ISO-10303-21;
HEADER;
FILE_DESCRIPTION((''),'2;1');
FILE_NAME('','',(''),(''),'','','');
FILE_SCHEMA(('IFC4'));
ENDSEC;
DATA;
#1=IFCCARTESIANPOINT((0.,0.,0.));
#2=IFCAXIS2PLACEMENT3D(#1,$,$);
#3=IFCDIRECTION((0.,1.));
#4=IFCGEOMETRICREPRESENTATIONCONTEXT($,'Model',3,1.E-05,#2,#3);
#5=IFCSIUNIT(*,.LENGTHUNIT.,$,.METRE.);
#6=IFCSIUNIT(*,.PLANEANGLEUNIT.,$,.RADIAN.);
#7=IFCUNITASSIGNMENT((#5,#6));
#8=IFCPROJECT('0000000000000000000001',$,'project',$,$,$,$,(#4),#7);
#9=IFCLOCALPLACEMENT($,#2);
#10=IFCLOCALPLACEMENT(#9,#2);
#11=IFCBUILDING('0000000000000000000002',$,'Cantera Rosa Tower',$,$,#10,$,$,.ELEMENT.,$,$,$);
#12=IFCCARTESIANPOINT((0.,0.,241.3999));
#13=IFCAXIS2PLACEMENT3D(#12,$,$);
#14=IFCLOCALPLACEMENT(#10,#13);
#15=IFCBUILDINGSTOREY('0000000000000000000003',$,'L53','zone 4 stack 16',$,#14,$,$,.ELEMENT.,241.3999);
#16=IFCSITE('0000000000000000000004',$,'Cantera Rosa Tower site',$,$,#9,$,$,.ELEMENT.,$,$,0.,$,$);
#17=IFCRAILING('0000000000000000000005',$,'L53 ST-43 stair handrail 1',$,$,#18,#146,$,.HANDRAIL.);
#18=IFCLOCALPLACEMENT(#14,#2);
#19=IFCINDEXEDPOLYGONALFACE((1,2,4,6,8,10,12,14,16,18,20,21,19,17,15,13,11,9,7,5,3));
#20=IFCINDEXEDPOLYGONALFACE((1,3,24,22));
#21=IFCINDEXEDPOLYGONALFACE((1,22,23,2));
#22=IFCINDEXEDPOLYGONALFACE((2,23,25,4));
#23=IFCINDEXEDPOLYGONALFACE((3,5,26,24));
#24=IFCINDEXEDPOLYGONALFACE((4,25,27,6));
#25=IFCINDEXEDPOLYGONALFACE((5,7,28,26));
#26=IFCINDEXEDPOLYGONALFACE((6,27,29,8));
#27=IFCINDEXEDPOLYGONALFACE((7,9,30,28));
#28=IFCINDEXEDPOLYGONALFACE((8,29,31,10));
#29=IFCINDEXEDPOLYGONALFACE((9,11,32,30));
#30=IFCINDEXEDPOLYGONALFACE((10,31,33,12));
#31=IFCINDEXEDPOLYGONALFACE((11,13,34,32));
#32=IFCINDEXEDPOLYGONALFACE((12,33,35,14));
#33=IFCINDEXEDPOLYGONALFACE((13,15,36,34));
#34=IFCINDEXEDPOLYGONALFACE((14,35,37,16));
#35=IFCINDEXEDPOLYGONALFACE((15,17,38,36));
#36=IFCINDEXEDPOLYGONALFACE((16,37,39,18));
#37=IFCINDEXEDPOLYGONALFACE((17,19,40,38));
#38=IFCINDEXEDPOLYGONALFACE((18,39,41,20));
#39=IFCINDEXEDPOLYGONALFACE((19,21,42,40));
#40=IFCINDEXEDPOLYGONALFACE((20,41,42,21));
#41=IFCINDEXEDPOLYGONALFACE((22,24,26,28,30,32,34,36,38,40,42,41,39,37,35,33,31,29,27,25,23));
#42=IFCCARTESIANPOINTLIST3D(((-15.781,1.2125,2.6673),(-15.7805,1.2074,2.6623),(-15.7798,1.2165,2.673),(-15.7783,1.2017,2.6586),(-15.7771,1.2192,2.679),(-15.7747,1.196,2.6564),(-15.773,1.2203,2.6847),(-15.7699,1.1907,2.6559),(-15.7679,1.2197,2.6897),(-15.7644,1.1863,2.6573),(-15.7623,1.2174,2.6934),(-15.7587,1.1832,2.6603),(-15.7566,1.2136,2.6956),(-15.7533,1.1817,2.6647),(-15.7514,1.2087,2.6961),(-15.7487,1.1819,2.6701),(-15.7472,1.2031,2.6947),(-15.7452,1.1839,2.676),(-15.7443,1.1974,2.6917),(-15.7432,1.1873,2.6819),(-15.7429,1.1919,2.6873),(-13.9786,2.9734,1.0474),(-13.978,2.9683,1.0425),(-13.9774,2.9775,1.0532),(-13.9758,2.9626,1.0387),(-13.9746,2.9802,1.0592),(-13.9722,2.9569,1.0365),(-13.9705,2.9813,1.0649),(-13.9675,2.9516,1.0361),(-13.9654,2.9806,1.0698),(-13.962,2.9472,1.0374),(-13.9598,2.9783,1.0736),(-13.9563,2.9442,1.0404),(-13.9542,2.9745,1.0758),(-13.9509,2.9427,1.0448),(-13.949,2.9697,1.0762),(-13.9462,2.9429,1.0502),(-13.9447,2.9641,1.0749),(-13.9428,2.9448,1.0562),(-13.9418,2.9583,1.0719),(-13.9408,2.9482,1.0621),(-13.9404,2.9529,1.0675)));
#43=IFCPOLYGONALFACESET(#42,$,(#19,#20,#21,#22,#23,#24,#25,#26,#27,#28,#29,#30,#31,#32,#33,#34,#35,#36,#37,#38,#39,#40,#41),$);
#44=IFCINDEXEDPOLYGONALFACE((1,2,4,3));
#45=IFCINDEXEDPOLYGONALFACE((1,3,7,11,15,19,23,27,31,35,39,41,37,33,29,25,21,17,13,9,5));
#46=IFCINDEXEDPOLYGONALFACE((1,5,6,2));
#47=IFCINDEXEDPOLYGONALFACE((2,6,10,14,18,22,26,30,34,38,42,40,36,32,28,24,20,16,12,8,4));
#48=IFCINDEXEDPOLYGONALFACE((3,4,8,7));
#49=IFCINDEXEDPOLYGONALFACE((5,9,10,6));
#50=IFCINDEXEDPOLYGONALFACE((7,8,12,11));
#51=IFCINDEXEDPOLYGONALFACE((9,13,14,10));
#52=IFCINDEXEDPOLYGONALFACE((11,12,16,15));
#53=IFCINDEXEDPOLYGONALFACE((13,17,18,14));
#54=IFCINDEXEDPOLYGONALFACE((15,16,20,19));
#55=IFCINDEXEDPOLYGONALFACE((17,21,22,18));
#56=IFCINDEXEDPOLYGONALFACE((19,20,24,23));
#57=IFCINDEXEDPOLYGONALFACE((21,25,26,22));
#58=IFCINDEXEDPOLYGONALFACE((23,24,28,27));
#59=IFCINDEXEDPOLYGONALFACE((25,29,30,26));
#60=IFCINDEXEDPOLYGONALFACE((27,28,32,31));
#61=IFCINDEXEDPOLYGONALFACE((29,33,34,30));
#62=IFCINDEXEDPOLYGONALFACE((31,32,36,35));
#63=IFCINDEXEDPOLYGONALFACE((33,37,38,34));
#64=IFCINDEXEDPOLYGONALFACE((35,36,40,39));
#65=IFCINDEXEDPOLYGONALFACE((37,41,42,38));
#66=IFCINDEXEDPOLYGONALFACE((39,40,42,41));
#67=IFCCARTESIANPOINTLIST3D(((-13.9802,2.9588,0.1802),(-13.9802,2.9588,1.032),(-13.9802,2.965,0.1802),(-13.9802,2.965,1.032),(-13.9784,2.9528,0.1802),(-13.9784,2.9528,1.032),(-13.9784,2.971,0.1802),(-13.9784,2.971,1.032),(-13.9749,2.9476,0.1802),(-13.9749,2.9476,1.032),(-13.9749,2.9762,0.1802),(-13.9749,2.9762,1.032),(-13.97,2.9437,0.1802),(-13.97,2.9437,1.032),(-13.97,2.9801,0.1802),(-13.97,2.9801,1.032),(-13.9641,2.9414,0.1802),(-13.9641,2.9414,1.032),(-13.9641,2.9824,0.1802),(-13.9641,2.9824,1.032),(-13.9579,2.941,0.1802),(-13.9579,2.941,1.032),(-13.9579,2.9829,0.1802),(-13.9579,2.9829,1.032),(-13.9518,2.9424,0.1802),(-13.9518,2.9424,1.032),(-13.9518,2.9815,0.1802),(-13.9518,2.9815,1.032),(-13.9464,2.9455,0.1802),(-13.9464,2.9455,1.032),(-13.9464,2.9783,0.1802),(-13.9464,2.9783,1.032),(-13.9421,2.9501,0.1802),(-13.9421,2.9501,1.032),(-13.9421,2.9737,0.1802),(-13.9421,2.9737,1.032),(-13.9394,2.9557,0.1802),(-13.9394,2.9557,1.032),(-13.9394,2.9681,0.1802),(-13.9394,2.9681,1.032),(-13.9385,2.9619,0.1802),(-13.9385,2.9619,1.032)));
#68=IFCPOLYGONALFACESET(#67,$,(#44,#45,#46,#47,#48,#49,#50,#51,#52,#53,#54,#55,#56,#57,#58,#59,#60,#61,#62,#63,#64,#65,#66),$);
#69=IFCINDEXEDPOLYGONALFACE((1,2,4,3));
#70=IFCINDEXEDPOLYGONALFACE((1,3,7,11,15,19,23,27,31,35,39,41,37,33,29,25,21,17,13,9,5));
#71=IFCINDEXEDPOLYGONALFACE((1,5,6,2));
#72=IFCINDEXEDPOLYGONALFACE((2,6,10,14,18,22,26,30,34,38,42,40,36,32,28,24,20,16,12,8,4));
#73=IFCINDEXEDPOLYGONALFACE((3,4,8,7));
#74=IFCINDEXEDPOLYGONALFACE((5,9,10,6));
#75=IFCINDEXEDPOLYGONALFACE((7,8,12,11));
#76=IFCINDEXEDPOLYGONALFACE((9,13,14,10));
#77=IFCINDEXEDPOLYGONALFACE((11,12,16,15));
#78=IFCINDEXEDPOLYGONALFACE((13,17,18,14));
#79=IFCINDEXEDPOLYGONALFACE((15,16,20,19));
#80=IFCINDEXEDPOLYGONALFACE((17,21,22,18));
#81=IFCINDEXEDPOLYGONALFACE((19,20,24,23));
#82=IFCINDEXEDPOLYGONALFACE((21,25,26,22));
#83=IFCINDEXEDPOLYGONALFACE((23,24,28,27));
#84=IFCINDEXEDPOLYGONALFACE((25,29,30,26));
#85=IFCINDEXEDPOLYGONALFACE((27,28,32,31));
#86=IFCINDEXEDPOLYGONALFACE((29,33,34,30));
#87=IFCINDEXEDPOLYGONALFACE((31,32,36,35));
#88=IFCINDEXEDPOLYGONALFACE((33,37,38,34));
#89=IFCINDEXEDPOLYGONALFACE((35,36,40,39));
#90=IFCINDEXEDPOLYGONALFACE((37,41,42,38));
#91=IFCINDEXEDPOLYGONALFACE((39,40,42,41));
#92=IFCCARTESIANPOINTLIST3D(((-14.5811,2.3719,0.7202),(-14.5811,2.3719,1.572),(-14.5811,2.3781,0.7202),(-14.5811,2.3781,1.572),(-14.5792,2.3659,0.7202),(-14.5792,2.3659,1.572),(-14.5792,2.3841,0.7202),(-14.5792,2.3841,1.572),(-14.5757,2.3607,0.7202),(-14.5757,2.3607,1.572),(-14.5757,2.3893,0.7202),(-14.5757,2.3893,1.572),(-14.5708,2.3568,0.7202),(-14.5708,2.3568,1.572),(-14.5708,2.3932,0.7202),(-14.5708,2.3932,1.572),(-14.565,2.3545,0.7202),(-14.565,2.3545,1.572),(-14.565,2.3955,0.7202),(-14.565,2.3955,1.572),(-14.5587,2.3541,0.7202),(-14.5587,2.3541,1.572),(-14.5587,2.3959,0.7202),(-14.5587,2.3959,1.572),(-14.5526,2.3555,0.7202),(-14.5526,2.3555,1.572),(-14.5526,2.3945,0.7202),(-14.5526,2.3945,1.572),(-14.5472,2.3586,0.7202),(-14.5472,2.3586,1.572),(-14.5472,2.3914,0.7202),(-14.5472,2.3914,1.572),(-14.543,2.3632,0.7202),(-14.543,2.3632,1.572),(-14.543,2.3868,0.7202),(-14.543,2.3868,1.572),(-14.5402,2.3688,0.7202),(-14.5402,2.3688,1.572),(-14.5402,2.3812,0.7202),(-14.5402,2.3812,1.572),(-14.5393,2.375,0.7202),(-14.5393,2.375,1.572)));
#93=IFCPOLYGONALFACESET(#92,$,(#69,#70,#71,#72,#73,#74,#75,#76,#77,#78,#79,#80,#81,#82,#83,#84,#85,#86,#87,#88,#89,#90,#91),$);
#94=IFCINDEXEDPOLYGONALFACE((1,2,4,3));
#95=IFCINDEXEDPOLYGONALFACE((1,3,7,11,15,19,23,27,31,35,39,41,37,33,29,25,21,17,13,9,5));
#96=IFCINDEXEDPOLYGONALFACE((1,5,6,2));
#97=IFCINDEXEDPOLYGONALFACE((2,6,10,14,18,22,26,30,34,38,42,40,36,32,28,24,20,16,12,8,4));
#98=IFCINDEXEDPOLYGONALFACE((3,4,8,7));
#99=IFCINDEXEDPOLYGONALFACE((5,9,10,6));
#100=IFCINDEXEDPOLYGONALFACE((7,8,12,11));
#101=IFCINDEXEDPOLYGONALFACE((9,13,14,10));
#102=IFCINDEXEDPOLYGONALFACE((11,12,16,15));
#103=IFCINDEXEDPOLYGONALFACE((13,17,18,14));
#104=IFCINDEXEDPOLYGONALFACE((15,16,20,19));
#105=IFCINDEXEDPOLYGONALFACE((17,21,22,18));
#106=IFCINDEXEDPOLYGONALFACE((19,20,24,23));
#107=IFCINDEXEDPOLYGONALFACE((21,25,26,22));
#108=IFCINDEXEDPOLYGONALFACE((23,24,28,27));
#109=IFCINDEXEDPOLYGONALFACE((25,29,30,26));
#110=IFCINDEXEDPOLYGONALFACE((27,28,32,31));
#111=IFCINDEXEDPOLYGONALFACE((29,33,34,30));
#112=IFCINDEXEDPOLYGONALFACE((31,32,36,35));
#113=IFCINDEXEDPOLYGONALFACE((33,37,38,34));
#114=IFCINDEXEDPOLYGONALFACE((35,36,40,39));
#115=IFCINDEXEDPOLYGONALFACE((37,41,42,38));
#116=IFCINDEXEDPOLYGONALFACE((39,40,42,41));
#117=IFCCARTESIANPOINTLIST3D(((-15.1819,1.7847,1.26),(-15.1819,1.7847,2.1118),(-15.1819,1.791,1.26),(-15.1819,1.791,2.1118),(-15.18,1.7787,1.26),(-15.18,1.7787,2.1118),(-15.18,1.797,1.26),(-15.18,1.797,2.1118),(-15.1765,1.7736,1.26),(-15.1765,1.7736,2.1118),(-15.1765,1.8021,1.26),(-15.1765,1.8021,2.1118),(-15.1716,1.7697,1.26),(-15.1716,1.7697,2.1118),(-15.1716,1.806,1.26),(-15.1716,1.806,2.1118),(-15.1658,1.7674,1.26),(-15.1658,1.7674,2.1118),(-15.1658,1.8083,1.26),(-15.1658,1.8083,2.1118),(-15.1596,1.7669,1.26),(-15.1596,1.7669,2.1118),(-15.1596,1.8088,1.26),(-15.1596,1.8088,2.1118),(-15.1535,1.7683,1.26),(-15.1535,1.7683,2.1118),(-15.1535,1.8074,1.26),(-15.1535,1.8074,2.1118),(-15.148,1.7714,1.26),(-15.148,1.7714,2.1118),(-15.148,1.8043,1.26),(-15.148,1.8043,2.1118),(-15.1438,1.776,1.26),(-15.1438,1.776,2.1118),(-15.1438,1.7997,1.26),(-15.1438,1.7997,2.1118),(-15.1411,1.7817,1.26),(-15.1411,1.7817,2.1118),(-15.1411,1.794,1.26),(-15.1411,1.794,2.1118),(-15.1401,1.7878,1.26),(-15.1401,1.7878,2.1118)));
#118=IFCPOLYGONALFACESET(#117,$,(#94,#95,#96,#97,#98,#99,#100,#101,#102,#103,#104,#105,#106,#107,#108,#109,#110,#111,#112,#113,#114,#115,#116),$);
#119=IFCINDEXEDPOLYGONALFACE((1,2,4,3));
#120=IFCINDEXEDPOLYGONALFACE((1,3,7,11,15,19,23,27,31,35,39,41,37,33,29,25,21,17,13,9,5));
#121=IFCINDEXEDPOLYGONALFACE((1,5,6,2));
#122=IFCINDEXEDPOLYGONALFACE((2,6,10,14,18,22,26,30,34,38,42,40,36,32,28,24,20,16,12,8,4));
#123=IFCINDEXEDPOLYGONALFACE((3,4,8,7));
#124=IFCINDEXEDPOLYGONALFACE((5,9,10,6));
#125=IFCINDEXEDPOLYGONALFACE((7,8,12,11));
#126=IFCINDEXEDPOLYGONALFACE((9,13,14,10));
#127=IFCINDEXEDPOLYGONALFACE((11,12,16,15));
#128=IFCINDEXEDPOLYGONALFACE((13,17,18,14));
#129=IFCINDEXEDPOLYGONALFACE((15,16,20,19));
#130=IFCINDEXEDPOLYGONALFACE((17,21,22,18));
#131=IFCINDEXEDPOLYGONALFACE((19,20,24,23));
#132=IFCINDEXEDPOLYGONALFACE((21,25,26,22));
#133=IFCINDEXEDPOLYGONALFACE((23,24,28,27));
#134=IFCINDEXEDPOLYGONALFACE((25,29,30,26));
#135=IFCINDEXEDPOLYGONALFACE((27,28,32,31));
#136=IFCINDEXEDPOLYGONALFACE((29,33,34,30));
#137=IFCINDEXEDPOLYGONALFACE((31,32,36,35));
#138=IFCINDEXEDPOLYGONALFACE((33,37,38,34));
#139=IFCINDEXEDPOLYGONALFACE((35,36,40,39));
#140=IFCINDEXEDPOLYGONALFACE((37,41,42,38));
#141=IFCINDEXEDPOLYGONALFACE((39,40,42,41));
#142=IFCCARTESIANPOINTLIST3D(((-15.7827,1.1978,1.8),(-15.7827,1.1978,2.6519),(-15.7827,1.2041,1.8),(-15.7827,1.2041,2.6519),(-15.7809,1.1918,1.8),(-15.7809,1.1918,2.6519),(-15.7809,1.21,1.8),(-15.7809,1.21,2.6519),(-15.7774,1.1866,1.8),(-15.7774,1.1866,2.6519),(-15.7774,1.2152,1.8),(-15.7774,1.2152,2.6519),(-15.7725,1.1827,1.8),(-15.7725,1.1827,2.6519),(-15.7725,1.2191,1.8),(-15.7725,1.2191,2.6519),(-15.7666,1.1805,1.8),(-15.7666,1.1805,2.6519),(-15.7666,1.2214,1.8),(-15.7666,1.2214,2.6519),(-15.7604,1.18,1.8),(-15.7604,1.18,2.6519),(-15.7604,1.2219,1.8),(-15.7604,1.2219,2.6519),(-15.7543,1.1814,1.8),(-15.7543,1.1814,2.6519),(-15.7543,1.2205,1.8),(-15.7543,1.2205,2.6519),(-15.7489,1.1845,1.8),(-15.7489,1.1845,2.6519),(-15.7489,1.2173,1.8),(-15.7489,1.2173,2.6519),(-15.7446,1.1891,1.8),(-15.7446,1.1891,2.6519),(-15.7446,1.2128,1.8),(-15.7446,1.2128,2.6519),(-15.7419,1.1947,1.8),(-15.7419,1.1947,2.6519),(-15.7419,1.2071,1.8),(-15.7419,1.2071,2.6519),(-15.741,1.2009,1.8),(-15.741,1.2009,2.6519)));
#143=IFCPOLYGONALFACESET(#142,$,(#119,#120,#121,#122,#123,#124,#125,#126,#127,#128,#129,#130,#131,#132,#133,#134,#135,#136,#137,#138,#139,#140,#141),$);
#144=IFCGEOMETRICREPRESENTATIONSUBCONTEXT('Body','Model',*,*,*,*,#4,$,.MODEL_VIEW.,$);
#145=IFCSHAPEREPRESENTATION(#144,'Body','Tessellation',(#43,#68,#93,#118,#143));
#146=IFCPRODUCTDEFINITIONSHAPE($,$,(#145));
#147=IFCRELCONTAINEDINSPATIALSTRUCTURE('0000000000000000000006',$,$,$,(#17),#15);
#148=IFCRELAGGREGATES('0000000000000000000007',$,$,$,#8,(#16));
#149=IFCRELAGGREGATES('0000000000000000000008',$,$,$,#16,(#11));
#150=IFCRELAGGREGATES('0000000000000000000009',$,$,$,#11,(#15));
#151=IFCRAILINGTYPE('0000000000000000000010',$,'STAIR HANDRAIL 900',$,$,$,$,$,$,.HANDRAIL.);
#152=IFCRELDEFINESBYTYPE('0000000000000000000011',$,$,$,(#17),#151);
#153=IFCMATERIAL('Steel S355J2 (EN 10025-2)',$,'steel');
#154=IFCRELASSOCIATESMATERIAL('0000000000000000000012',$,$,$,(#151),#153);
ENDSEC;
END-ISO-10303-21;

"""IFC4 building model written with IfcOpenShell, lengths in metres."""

from ifc_helpers import new_model, si_unit, direction, frame, origin, origin_2d, place, context, subcontext, project, spatial, circle, extrude, material, type_object, element, save


model = new_model("IFC4")

# Units and contexts
model_context = context("Model", 3, precision=1e-05, world=origin(), true_north=direction((0.0, 1.0)))
body_context = subcontext(model_context, "Body", "Model", "MODEL_VIEW")
ifc_project = project(units=[si_unit("LENGTHUNIT", "METRE"), si_unit("PLANEANGLEUNIT", "RADIAN")], contexts=[model_context])

# Site, building, storey
site_placement = place(None, origin())
site = spatial("IfcSite", under=ifc_project, at=site_placement, Name="Cantera Rosa Tower site", CompositionType="ELEMENT", RefElevation=0.0)
building_placement = place(site_placement, origin())
building = spatial("IfcBuilding", under=site, at=building_placement, Name="Cantera Rosa Tower", CompositionType="ELEMENT")
storey_placement = place(building_placement, frame((0.0, 0.0, 241.3999)))
storey = spatial("IfcBuildingStorey", under=building, at=storey_placement, Name="L53", Description="zone 4 stack 16", CompositionType="ELEMENT", Elevation=241.3999)

# Railing
ifc_material_1 = material(Name="Steel S355J2 (EN 10025-2)", Category="steel")
railing_type_1 = type_object("IfcRailingType", Name="STAIR HANDRAIL 900", PredefinedType="HANDRAIL", material=ifc_material_1)
railing_1_placement = place(storey_placement, frame((-13.9595, 2.9619, 0.1802)))
element("IfcRailing", 1, at=railing_1_placement, inside=storey, type_object=railing_type_1, Name="L53 ST-43 stair handrail 1", PredefinedType="HANDRAIL", context=body_context, shape_type="SweptSolid", body=[
    extrude(circle(Radius=0.0239, at=origin_2d()), frame((0.0, 0.0, 0.876), z_axis=(-0.601699, -0.587844, 0.540738), x_axis=(0.698824, -0.715294, 0.0)), (0.0, 0.0, 1.0), 2.9956),
    extrude(circle(Radius=0.021, at=origin_2d()), origin(), (0.0, 0.0, 1.0), 0.8518),
    extrude(circle(Radius=0.021, at=origin_2d()), frame((-0.6008, -0.5869, 0.54)), (0.0, 0.0, 1.0), 0.8518),
    extrude(circle(Radius=0.021, at=origin_2d()), frame((-1.2017, -1.1741, 1.0798)), (0.0, 0.0, 1.0), 0.8518),
    extrude(circle(Radius=0.021, at=origin_2d()), frame((-1.8025, -1.761, 1.6199)), (0.0, 0.0, 1.0), 0.8518),
])

save(model, "model.ifc")
